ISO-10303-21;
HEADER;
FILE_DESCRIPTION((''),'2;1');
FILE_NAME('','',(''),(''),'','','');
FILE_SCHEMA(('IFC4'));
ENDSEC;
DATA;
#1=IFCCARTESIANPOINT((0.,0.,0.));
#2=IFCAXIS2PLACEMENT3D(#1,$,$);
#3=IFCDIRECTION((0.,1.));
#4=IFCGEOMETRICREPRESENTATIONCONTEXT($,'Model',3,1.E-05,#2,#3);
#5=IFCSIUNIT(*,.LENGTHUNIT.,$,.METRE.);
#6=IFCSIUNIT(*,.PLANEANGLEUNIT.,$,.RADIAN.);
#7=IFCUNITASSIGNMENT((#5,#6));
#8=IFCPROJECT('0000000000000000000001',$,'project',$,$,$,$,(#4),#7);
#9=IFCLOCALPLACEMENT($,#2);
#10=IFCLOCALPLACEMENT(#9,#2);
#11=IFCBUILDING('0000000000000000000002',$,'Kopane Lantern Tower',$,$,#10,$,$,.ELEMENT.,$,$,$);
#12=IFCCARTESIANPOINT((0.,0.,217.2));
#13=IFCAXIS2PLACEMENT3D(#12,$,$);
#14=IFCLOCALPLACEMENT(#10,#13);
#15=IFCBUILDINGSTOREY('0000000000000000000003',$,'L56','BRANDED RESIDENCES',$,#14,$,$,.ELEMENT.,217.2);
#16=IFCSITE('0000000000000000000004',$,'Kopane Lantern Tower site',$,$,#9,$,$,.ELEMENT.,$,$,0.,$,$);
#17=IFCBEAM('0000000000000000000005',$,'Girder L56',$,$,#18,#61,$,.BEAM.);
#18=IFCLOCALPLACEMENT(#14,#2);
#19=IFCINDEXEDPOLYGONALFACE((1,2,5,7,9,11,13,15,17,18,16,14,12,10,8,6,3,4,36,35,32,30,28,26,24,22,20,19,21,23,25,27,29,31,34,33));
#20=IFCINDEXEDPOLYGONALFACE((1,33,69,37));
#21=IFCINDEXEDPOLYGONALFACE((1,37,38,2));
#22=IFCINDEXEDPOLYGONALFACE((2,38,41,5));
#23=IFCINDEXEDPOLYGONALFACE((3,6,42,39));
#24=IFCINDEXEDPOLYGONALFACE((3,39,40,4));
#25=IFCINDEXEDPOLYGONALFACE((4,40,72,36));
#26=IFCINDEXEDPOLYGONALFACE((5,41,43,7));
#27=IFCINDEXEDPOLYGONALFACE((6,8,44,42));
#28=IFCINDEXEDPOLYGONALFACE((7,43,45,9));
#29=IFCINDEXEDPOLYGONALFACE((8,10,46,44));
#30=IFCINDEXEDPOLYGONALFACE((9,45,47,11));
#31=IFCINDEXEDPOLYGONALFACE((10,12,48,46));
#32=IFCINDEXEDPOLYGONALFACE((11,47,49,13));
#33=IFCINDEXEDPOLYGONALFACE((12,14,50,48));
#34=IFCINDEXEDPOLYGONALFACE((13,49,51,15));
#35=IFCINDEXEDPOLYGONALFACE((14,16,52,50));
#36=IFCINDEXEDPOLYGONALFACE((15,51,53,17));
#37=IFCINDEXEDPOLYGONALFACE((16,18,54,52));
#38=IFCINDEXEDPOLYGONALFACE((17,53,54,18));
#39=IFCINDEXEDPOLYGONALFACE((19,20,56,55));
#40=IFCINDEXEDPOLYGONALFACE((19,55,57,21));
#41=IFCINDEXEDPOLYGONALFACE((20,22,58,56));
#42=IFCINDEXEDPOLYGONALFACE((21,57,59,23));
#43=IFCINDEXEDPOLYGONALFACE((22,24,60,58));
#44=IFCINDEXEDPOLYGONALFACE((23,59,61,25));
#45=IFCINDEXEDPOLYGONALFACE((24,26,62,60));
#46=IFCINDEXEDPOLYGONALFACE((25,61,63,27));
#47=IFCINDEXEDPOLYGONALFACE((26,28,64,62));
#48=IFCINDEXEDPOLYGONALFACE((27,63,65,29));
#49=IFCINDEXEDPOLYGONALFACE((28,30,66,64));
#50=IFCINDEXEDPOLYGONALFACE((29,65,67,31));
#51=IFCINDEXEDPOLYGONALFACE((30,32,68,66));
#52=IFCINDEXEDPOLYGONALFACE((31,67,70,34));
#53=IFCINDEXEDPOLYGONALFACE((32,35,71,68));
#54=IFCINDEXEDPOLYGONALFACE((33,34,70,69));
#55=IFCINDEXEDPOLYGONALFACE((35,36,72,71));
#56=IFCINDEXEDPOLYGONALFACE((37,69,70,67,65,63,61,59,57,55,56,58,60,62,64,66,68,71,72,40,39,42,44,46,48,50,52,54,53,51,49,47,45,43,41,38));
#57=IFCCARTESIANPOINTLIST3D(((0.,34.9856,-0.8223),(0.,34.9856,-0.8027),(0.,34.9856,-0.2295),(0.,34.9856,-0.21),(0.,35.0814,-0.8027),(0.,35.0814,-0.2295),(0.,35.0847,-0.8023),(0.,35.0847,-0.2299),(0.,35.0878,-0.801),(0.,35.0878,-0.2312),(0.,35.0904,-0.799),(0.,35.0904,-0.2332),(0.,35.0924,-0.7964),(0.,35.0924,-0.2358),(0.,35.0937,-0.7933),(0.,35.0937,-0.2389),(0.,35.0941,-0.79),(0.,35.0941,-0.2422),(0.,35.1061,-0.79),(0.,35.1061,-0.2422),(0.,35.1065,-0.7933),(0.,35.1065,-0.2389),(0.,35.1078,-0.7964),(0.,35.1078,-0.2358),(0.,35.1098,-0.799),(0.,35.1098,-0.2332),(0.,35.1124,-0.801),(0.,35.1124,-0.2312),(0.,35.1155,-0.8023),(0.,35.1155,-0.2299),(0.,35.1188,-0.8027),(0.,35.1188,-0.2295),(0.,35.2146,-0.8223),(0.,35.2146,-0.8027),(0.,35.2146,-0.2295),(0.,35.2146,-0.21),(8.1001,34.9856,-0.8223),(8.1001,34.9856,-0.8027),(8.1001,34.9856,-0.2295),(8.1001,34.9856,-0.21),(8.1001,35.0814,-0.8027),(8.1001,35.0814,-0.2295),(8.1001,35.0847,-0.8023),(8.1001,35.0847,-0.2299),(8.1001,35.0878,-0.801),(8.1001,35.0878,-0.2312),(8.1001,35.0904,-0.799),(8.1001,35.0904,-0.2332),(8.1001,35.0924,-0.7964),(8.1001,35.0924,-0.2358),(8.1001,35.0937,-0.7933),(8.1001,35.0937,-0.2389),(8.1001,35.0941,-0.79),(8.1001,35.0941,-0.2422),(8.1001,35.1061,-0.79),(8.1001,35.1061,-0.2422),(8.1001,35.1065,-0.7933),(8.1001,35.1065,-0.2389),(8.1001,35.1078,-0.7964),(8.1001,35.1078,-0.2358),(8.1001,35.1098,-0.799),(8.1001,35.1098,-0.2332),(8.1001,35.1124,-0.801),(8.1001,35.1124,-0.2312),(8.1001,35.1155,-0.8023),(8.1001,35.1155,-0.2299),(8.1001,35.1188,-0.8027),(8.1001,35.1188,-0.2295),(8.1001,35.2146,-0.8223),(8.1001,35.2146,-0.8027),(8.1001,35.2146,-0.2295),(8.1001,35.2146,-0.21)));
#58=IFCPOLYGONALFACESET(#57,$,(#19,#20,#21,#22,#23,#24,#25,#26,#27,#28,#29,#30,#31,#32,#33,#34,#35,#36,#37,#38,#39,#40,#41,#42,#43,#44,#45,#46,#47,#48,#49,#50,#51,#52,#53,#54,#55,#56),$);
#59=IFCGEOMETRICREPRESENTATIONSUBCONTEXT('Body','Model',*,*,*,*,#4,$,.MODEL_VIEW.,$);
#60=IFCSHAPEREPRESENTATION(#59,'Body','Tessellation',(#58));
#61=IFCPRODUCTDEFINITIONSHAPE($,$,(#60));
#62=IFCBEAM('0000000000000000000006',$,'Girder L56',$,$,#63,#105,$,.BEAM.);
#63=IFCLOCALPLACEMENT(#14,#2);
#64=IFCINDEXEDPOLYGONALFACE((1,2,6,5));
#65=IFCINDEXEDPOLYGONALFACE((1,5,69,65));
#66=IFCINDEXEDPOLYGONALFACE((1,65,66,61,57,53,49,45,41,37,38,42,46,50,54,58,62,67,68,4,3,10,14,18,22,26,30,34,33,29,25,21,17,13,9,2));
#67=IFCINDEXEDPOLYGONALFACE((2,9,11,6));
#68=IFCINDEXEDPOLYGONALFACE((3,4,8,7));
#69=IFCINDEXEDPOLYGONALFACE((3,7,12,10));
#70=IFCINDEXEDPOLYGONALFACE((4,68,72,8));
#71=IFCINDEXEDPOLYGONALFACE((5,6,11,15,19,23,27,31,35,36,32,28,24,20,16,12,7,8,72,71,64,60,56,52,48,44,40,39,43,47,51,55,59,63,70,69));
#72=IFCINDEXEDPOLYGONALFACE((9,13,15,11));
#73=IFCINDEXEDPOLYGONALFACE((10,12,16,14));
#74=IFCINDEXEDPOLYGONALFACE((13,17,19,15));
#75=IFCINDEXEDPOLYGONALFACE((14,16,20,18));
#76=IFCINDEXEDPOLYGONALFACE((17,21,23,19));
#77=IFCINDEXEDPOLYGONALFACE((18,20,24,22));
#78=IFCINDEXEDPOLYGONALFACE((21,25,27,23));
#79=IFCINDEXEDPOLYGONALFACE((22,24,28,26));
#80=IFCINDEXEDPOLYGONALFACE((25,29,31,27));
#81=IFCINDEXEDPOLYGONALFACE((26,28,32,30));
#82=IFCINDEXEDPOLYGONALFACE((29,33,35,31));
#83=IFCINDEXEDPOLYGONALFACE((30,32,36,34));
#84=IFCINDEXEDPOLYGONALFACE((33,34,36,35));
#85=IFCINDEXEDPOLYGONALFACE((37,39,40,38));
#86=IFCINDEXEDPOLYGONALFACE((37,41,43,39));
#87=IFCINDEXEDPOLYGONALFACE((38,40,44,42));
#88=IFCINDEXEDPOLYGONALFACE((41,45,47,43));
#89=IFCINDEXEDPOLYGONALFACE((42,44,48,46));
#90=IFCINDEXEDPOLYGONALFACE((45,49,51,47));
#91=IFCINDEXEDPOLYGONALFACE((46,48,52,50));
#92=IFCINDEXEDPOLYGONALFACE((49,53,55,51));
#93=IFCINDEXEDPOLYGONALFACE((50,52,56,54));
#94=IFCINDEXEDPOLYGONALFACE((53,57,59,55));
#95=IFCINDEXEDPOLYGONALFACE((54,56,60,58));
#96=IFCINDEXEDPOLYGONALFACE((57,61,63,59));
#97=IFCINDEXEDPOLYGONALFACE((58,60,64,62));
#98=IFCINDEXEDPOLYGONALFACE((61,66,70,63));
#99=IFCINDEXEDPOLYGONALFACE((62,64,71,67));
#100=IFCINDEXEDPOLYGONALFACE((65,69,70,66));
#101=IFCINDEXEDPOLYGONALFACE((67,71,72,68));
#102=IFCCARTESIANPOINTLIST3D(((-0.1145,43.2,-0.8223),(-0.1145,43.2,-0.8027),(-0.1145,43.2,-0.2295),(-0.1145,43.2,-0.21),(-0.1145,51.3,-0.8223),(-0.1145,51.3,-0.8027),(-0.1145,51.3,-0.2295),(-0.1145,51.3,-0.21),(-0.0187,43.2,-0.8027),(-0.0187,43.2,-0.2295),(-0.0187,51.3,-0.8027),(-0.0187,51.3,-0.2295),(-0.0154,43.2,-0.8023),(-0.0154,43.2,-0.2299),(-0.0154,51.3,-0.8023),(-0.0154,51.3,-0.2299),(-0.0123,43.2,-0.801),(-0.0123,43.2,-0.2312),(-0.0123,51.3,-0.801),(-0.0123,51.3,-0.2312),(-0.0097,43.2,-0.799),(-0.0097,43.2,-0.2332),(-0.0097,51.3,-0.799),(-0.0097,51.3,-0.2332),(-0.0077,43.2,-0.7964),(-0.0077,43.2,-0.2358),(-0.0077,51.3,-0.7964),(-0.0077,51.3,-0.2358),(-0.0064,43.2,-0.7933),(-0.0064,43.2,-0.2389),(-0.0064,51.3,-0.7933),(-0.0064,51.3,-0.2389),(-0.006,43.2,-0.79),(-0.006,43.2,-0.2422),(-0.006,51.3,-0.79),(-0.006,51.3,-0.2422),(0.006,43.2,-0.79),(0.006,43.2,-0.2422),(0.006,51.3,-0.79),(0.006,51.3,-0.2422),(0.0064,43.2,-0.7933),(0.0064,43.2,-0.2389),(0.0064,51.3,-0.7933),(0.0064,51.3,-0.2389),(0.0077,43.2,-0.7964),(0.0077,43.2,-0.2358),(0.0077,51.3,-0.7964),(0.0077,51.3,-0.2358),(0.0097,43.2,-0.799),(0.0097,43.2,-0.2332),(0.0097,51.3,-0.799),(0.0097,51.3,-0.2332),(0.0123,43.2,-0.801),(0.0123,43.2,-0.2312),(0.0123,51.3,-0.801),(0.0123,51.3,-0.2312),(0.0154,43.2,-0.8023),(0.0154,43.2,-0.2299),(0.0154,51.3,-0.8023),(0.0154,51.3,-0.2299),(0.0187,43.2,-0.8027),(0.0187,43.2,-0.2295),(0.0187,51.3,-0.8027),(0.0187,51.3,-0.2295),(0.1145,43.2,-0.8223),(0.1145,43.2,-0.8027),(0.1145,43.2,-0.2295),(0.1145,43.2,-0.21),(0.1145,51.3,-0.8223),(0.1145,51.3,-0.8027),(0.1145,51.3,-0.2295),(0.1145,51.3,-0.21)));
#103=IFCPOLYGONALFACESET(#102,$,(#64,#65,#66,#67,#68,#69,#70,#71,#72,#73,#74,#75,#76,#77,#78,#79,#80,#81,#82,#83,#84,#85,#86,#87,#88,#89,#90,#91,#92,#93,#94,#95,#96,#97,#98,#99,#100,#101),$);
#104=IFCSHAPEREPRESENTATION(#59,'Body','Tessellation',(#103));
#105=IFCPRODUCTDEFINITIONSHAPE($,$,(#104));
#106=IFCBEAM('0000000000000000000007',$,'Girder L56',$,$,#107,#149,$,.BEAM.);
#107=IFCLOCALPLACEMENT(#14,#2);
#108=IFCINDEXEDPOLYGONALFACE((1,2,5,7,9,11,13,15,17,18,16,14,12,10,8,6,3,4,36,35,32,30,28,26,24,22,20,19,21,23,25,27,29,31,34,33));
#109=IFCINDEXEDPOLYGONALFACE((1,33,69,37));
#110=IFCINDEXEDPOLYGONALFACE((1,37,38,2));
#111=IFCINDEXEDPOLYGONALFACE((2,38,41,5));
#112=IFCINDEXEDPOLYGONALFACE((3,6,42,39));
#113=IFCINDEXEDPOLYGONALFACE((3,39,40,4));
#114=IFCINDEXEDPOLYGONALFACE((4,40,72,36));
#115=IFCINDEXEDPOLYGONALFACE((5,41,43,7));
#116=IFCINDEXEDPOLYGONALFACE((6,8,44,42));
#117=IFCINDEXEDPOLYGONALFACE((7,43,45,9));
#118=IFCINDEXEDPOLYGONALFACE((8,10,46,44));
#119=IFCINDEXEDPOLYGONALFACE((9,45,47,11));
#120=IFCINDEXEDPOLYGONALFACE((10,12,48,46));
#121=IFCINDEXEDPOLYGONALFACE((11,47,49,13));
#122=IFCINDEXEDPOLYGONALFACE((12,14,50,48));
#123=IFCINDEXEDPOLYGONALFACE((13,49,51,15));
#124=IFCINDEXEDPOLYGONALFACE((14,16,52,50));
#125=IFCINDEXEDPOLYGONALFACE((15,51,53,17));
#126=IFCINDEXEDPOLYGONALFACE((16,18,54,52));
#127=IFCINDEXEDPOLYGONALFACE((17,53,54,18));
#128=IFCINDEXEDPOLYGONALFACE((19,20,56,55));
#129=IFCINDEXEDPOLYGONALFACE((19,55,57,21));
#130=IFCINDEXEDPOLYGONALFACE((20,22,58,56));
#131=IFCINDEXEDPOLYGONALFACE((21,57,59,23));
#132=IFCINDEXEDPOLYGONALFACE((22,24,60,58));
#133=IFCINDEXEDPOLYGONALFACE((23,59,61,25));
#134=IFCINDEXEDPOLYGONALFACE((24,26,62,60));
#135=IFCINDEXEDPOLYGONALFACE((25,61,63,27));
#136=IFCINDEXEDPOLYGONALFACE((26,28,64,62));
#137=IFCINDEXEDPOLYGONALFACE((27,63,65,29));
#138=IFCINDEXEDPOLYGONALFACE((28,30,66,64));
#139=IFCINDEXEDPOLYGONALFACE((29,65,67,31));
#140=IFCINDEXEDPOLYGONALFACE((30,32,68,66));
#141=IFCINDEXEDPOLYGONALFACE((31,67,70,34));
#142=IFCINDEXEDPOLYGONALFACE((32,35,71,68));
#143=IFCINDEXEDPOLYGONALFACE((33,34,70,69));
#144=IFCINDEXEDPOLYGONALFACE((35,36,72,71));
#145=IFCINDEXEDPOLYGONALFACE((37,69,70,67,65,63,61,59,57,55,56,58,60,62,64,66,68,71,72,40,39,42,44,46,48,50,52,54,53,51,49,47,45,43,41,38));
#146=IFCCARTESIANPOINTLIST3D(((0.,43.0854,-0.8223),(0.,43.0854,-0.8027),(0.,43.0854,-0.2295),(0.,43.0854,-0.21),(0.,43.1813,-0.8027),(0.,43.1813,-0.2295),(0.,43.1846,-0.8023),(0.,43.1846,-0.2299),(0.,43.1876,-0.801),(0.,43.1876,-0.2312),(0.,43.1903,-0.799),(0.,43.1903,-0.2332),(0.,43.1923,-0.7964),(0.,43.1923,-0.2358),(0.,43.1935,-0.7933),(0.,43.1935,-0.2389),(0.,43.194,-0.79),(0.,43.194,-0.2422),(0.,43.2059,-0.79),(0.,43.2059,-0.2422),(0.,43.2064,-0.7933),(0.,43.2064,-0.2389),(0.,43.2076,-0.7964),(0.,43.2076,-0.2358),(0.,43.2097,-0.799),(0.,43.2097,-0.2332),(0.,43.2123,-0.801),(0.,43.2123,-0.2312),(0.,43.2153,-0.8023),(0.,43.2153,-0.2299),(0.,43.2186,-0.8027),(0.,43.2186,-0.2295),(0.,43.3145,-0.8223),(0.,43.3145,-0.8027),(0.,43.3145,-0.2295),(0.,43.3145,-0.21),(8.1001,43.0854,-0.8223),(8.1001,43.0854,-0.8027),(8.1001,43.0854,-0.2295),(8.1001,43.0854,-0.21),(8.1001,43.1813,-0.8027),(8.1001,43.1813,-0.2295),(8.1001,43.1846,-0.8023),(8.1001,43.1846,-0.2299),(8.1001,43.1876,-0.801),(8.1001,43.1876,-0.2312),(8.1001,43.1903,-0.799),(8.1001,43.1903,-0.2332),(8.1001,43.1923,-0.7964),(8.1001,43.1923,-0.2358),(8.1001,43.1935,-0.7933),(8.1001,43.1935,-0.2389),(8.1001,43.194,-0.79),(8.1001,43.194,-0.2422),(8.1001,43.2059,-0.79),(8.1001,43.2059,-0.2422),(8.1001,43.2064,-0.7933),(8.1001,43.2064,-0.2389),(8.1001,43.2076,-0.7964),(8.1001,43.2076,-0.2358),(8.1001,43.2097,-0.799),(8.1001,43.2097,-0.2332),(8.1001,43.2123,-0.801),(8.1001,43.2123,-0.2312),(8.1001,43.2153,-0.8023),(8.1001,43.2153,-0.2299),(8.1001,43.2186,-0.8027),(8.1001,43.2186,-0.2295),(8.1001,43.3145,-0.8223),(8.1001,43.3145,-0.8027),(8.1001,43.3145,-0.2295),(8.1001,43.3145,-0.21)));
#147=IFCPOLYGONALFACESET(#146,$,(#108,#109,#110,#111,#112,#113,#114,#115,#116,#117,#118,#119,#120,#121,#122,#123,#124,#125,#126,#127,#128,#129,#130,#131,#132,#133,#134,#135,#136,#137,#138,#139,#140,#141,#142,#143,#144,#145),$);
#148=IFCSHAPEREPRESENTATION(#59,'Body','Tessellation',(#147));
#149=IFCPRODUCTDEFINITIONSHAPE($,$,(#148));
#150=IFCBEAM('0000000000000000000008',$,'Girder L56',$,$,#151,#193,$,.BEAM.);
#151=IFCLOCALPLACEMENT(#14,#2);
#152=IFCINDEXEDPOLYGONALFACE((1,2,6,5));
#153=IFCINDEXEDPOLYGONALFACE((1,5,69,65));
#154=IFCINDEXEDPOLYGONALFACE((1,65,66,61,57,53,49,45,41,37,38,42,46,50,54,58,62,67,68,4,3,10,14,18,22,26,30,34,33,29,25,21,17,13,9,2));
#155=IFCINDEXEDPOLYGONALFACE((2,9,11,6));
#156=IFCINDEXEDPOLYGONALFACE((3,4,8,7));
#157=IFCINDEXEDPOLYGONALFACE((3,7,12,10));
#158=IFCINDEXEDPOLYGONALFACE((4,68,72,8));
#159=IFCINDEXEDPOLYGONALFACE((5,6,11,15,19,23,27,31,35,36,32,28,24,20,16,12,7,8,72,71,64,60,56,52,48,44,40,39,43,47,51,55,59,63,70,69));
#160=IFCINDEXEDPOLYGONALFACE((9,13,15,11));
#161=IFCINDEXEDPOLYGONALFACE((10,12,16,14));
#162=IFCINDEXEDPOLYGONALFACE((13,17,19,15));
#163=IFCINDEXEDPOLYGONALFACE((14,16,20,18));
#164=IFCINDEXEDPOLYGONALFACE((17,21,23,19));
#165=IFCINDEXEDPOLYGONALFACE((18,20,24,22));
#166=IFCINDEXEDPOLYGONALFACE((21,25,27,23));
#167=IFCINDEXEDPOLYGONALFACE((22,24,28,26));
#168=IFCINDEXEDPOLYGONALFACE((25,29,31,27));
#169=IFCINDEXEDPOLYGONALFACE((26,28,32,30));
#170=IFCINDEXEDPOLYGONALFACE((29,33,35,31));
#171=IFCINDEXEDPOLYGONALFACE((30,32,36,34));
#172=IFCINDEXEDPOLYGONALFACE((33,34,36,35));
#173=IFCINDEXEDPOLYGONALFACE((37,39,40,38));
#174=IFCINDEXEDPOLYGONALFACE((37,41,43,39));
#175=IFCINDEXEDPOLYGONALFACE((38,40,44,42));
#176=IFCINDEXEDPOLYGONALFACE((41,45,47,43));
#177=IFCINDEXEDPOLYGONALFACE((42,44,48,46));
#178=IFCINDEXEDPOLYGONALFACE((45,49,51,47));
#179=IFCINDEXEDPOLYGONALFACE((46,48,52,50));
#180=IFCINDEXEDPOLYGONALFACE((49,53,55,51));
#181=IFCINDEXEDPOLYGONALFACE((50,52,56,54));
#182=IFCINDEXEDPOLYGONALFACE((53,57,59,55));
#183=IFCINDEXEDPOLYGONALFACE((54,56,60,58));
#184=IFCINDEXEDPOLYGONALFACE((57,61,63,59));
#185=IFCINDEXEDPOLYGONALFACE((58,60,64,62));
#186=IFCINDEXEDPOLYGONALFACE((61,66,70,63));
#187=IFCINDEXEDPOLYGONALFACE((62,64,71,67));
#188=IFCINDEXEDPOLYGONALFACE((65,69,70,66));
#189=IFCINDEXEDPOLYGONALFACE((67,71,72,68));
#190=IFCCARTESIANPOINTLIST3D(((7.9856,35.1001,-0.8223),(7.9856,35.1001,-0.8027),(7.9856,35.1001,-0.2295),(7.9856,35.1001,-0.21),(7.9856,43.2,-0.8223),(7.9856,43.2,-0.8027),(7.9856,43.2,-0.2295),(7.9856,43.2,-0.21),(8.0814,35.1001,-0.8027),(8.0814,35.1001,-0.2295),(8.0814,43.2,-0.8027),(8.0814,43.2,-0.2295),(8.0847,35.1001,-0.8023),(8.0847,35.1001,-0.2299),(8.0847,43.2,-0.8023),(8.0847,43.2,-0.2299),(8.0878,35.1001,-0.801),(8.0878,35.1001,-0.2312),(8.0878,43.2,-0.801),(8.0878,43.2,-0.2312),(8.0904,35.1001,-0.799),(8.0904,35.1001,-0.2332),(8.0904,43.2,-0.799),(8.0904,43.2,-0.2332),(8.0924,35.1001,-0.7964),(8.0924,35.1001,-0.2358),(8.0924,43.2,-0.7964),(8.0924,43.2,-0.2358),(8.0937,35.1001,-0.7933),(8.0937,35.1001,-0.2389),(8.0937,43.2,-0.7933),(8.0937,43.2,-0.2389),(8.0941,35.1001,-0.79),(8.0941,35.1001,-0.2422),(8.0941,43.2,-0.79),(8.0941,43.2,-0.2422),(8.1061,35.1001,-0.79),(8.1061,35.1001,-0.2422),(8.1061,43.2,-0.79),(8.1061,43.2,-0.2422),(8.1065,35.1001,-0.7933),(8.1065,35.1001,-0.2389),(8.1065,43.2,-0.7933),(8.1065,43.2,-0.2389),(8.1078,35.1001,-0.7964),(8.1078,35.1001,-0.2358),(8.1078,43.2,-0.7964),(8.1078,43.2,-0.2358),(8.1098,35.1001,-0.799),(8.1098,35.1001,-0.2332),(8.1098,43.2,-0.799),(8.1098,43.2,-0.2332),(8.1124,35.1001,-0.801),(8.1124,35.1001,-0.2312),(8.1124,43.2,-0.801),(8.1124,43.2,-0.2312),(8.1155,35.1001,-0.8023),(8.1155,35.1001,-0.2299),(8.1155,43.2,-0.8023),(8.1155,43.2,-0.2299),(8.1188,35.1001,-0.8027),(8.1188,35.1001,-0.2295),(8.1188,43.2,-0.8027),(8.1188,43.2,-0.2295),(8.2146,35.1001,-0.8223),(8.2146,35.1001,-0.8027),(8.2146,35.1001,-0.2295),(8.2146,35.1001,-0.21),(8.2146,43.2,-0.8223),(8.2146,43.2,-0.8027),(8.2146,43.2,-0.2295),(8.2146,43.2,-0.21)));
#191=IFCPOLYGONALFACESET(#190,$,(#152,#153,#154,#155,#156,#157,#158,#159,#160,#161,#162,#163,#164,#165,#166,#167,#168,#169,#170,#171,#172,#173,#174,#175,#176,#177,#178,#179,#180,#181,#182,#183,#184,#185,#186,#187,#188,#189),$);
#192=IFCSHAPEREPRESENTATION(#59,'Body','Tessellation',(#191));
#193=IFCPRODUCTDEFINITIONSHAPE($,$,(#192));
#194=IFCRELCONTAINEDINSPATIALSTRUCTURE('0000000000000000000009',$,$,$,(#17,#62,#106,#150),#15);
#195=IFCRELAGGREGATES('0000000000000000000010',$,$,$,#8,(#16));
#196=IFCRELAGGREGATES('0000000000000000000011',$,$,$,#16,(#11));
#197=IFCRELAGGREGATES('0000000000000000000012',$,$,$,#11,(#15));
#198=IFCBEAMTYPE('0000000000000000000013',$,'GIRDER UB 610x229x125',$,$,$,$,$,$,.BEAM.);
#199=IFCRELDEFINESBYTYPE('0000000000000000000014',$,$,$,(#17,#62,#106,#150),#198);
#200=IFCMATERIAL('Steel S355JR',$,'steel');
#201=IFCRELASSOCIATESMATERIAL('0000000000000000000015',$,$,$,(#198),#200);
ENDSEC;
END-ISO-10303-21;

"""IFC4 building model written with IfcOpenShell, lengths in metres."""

from ifc_helpers import new_model, si_unit, direction, frame, origin, origin_2d, place, context, subcontext, project, spatial, i_section, extrude, material, material_profile, profile_set, type_object, element, save


model = new_model("IFC4")

# Units and contexts
model_context = context("Model", 3, precision=1e-05, world=origin(), true_north=direction((0.0, 1.0)))
body_context = subcontext(model_context, "Body", "Model", "MODEL_VIEW")
ifc_project = project(units=[si_unit("LENGTHUNIT", "METRE"), si_unit("PLANEANGLEUNIT", "RADIAN")], contexts=[model_context])

# Site, building, storey
site_placement = place(None, origin())
site = spatial("IfcSite", under=ifc_project, at=site_placement, Name="Kopane Lantern Tower site", CompositionType="ELEMENT", RefElevation=0.0)
building_placement = place(site_placement, origin())
building = spatial("IfcBuilding", under=site, at=building_placement, Name="Kopane Lantern Tower", CompositionType="ELEMENT")
storey_placement = place(building_placement, frame((0.0, 0.0, 217.2)))
storey = spatial("IfcBuildingStorey", under=building, at=storey_placement, Name="L56", Description="BRANDED RESIDENCES", CompositionType="ELEMENT", Elevation=217.2)

# Beams
ifc_material_1 = material(Name="Steel S355JR", Category="steel")
ifc_material_profile_1 = material_profile(ifc_material_1, i_section(OverallWidth=0.229, OverallDepth=0.6123, WebThickness=0.012, FlangeThickness=0.0195, FilletRadius=0.0127, at=origin_2d()), Name="UB 610x229x125")
ifc_profile_set_1 = profile_set([ifc_material_profile_1], Name="Steel S355JR")
beam_type = type_object("IfcBeamType", Name="GIRDER UB 610x229x125", PredefinedType="BEAM", material=ifc_profile_set_1)
for number, where, z_axis, x_axis, name in (
    (1, (0.0, 35.1001, -0.5161), (1.0, 0.0, 0.0), (0.0, 1.0, 0.0), "Girder L56"),
    (2, (0.0, 43.2, -0.5161), (0.0, 1.0, 0.0), (-1.0, 0.0, 0.0), "Girder L56"),
    (3, (0.0, 43.2, -0.5161), (1.0, 0.0, 0.0), (0.0, 1.0, 0.0), "Girder L56"),
):
    element("IfcBeam", number, at=place(storey_placement, frame(where, z_axis=z_axis, x_axis=x_axis)), inside=storey, type_object=beam_type, Name=name, PredefinedType="BEAM", context=body_context, shape_type="SweptSolid", body=[
        extrude(i_section(OverallWidth=0.229, OverallDepth=0.6123, WebThickness=0.012, FlangeThickness=0.0195, FilletRadius=0.0127, at=origin_2d()), origin(), (0.0, 0.0, 1.0), 8.1001),
    ])
for number, where, z_axis, x_axis, name in (
    (4, (8.1001, 35.1001, -0.5161), (0.0, 1.0, 0.0), (-1.0, 0.0, 0.0), "Girder L56"),
):
    element("IfcBeam", number, at=place(storey_placement, frame(where, z_axis=z_axis, x_axis=x_axis)), inside=storey, type_object=beam_type, Name=name, PredefinedType="BEAM", context=body_context, shape_type="SweptSolid", body=[
        extrude(i_section(OverallWidth=0.229, OverallDepth=0.6123, WebThickness=0.012, FlangeThickness=0.0195, FilletRadius=0.0127, at=origin_2d()), origin(), (0.0, 0.0, 1.0), 8.0999),
    ])

save(model, "model.ifc")
